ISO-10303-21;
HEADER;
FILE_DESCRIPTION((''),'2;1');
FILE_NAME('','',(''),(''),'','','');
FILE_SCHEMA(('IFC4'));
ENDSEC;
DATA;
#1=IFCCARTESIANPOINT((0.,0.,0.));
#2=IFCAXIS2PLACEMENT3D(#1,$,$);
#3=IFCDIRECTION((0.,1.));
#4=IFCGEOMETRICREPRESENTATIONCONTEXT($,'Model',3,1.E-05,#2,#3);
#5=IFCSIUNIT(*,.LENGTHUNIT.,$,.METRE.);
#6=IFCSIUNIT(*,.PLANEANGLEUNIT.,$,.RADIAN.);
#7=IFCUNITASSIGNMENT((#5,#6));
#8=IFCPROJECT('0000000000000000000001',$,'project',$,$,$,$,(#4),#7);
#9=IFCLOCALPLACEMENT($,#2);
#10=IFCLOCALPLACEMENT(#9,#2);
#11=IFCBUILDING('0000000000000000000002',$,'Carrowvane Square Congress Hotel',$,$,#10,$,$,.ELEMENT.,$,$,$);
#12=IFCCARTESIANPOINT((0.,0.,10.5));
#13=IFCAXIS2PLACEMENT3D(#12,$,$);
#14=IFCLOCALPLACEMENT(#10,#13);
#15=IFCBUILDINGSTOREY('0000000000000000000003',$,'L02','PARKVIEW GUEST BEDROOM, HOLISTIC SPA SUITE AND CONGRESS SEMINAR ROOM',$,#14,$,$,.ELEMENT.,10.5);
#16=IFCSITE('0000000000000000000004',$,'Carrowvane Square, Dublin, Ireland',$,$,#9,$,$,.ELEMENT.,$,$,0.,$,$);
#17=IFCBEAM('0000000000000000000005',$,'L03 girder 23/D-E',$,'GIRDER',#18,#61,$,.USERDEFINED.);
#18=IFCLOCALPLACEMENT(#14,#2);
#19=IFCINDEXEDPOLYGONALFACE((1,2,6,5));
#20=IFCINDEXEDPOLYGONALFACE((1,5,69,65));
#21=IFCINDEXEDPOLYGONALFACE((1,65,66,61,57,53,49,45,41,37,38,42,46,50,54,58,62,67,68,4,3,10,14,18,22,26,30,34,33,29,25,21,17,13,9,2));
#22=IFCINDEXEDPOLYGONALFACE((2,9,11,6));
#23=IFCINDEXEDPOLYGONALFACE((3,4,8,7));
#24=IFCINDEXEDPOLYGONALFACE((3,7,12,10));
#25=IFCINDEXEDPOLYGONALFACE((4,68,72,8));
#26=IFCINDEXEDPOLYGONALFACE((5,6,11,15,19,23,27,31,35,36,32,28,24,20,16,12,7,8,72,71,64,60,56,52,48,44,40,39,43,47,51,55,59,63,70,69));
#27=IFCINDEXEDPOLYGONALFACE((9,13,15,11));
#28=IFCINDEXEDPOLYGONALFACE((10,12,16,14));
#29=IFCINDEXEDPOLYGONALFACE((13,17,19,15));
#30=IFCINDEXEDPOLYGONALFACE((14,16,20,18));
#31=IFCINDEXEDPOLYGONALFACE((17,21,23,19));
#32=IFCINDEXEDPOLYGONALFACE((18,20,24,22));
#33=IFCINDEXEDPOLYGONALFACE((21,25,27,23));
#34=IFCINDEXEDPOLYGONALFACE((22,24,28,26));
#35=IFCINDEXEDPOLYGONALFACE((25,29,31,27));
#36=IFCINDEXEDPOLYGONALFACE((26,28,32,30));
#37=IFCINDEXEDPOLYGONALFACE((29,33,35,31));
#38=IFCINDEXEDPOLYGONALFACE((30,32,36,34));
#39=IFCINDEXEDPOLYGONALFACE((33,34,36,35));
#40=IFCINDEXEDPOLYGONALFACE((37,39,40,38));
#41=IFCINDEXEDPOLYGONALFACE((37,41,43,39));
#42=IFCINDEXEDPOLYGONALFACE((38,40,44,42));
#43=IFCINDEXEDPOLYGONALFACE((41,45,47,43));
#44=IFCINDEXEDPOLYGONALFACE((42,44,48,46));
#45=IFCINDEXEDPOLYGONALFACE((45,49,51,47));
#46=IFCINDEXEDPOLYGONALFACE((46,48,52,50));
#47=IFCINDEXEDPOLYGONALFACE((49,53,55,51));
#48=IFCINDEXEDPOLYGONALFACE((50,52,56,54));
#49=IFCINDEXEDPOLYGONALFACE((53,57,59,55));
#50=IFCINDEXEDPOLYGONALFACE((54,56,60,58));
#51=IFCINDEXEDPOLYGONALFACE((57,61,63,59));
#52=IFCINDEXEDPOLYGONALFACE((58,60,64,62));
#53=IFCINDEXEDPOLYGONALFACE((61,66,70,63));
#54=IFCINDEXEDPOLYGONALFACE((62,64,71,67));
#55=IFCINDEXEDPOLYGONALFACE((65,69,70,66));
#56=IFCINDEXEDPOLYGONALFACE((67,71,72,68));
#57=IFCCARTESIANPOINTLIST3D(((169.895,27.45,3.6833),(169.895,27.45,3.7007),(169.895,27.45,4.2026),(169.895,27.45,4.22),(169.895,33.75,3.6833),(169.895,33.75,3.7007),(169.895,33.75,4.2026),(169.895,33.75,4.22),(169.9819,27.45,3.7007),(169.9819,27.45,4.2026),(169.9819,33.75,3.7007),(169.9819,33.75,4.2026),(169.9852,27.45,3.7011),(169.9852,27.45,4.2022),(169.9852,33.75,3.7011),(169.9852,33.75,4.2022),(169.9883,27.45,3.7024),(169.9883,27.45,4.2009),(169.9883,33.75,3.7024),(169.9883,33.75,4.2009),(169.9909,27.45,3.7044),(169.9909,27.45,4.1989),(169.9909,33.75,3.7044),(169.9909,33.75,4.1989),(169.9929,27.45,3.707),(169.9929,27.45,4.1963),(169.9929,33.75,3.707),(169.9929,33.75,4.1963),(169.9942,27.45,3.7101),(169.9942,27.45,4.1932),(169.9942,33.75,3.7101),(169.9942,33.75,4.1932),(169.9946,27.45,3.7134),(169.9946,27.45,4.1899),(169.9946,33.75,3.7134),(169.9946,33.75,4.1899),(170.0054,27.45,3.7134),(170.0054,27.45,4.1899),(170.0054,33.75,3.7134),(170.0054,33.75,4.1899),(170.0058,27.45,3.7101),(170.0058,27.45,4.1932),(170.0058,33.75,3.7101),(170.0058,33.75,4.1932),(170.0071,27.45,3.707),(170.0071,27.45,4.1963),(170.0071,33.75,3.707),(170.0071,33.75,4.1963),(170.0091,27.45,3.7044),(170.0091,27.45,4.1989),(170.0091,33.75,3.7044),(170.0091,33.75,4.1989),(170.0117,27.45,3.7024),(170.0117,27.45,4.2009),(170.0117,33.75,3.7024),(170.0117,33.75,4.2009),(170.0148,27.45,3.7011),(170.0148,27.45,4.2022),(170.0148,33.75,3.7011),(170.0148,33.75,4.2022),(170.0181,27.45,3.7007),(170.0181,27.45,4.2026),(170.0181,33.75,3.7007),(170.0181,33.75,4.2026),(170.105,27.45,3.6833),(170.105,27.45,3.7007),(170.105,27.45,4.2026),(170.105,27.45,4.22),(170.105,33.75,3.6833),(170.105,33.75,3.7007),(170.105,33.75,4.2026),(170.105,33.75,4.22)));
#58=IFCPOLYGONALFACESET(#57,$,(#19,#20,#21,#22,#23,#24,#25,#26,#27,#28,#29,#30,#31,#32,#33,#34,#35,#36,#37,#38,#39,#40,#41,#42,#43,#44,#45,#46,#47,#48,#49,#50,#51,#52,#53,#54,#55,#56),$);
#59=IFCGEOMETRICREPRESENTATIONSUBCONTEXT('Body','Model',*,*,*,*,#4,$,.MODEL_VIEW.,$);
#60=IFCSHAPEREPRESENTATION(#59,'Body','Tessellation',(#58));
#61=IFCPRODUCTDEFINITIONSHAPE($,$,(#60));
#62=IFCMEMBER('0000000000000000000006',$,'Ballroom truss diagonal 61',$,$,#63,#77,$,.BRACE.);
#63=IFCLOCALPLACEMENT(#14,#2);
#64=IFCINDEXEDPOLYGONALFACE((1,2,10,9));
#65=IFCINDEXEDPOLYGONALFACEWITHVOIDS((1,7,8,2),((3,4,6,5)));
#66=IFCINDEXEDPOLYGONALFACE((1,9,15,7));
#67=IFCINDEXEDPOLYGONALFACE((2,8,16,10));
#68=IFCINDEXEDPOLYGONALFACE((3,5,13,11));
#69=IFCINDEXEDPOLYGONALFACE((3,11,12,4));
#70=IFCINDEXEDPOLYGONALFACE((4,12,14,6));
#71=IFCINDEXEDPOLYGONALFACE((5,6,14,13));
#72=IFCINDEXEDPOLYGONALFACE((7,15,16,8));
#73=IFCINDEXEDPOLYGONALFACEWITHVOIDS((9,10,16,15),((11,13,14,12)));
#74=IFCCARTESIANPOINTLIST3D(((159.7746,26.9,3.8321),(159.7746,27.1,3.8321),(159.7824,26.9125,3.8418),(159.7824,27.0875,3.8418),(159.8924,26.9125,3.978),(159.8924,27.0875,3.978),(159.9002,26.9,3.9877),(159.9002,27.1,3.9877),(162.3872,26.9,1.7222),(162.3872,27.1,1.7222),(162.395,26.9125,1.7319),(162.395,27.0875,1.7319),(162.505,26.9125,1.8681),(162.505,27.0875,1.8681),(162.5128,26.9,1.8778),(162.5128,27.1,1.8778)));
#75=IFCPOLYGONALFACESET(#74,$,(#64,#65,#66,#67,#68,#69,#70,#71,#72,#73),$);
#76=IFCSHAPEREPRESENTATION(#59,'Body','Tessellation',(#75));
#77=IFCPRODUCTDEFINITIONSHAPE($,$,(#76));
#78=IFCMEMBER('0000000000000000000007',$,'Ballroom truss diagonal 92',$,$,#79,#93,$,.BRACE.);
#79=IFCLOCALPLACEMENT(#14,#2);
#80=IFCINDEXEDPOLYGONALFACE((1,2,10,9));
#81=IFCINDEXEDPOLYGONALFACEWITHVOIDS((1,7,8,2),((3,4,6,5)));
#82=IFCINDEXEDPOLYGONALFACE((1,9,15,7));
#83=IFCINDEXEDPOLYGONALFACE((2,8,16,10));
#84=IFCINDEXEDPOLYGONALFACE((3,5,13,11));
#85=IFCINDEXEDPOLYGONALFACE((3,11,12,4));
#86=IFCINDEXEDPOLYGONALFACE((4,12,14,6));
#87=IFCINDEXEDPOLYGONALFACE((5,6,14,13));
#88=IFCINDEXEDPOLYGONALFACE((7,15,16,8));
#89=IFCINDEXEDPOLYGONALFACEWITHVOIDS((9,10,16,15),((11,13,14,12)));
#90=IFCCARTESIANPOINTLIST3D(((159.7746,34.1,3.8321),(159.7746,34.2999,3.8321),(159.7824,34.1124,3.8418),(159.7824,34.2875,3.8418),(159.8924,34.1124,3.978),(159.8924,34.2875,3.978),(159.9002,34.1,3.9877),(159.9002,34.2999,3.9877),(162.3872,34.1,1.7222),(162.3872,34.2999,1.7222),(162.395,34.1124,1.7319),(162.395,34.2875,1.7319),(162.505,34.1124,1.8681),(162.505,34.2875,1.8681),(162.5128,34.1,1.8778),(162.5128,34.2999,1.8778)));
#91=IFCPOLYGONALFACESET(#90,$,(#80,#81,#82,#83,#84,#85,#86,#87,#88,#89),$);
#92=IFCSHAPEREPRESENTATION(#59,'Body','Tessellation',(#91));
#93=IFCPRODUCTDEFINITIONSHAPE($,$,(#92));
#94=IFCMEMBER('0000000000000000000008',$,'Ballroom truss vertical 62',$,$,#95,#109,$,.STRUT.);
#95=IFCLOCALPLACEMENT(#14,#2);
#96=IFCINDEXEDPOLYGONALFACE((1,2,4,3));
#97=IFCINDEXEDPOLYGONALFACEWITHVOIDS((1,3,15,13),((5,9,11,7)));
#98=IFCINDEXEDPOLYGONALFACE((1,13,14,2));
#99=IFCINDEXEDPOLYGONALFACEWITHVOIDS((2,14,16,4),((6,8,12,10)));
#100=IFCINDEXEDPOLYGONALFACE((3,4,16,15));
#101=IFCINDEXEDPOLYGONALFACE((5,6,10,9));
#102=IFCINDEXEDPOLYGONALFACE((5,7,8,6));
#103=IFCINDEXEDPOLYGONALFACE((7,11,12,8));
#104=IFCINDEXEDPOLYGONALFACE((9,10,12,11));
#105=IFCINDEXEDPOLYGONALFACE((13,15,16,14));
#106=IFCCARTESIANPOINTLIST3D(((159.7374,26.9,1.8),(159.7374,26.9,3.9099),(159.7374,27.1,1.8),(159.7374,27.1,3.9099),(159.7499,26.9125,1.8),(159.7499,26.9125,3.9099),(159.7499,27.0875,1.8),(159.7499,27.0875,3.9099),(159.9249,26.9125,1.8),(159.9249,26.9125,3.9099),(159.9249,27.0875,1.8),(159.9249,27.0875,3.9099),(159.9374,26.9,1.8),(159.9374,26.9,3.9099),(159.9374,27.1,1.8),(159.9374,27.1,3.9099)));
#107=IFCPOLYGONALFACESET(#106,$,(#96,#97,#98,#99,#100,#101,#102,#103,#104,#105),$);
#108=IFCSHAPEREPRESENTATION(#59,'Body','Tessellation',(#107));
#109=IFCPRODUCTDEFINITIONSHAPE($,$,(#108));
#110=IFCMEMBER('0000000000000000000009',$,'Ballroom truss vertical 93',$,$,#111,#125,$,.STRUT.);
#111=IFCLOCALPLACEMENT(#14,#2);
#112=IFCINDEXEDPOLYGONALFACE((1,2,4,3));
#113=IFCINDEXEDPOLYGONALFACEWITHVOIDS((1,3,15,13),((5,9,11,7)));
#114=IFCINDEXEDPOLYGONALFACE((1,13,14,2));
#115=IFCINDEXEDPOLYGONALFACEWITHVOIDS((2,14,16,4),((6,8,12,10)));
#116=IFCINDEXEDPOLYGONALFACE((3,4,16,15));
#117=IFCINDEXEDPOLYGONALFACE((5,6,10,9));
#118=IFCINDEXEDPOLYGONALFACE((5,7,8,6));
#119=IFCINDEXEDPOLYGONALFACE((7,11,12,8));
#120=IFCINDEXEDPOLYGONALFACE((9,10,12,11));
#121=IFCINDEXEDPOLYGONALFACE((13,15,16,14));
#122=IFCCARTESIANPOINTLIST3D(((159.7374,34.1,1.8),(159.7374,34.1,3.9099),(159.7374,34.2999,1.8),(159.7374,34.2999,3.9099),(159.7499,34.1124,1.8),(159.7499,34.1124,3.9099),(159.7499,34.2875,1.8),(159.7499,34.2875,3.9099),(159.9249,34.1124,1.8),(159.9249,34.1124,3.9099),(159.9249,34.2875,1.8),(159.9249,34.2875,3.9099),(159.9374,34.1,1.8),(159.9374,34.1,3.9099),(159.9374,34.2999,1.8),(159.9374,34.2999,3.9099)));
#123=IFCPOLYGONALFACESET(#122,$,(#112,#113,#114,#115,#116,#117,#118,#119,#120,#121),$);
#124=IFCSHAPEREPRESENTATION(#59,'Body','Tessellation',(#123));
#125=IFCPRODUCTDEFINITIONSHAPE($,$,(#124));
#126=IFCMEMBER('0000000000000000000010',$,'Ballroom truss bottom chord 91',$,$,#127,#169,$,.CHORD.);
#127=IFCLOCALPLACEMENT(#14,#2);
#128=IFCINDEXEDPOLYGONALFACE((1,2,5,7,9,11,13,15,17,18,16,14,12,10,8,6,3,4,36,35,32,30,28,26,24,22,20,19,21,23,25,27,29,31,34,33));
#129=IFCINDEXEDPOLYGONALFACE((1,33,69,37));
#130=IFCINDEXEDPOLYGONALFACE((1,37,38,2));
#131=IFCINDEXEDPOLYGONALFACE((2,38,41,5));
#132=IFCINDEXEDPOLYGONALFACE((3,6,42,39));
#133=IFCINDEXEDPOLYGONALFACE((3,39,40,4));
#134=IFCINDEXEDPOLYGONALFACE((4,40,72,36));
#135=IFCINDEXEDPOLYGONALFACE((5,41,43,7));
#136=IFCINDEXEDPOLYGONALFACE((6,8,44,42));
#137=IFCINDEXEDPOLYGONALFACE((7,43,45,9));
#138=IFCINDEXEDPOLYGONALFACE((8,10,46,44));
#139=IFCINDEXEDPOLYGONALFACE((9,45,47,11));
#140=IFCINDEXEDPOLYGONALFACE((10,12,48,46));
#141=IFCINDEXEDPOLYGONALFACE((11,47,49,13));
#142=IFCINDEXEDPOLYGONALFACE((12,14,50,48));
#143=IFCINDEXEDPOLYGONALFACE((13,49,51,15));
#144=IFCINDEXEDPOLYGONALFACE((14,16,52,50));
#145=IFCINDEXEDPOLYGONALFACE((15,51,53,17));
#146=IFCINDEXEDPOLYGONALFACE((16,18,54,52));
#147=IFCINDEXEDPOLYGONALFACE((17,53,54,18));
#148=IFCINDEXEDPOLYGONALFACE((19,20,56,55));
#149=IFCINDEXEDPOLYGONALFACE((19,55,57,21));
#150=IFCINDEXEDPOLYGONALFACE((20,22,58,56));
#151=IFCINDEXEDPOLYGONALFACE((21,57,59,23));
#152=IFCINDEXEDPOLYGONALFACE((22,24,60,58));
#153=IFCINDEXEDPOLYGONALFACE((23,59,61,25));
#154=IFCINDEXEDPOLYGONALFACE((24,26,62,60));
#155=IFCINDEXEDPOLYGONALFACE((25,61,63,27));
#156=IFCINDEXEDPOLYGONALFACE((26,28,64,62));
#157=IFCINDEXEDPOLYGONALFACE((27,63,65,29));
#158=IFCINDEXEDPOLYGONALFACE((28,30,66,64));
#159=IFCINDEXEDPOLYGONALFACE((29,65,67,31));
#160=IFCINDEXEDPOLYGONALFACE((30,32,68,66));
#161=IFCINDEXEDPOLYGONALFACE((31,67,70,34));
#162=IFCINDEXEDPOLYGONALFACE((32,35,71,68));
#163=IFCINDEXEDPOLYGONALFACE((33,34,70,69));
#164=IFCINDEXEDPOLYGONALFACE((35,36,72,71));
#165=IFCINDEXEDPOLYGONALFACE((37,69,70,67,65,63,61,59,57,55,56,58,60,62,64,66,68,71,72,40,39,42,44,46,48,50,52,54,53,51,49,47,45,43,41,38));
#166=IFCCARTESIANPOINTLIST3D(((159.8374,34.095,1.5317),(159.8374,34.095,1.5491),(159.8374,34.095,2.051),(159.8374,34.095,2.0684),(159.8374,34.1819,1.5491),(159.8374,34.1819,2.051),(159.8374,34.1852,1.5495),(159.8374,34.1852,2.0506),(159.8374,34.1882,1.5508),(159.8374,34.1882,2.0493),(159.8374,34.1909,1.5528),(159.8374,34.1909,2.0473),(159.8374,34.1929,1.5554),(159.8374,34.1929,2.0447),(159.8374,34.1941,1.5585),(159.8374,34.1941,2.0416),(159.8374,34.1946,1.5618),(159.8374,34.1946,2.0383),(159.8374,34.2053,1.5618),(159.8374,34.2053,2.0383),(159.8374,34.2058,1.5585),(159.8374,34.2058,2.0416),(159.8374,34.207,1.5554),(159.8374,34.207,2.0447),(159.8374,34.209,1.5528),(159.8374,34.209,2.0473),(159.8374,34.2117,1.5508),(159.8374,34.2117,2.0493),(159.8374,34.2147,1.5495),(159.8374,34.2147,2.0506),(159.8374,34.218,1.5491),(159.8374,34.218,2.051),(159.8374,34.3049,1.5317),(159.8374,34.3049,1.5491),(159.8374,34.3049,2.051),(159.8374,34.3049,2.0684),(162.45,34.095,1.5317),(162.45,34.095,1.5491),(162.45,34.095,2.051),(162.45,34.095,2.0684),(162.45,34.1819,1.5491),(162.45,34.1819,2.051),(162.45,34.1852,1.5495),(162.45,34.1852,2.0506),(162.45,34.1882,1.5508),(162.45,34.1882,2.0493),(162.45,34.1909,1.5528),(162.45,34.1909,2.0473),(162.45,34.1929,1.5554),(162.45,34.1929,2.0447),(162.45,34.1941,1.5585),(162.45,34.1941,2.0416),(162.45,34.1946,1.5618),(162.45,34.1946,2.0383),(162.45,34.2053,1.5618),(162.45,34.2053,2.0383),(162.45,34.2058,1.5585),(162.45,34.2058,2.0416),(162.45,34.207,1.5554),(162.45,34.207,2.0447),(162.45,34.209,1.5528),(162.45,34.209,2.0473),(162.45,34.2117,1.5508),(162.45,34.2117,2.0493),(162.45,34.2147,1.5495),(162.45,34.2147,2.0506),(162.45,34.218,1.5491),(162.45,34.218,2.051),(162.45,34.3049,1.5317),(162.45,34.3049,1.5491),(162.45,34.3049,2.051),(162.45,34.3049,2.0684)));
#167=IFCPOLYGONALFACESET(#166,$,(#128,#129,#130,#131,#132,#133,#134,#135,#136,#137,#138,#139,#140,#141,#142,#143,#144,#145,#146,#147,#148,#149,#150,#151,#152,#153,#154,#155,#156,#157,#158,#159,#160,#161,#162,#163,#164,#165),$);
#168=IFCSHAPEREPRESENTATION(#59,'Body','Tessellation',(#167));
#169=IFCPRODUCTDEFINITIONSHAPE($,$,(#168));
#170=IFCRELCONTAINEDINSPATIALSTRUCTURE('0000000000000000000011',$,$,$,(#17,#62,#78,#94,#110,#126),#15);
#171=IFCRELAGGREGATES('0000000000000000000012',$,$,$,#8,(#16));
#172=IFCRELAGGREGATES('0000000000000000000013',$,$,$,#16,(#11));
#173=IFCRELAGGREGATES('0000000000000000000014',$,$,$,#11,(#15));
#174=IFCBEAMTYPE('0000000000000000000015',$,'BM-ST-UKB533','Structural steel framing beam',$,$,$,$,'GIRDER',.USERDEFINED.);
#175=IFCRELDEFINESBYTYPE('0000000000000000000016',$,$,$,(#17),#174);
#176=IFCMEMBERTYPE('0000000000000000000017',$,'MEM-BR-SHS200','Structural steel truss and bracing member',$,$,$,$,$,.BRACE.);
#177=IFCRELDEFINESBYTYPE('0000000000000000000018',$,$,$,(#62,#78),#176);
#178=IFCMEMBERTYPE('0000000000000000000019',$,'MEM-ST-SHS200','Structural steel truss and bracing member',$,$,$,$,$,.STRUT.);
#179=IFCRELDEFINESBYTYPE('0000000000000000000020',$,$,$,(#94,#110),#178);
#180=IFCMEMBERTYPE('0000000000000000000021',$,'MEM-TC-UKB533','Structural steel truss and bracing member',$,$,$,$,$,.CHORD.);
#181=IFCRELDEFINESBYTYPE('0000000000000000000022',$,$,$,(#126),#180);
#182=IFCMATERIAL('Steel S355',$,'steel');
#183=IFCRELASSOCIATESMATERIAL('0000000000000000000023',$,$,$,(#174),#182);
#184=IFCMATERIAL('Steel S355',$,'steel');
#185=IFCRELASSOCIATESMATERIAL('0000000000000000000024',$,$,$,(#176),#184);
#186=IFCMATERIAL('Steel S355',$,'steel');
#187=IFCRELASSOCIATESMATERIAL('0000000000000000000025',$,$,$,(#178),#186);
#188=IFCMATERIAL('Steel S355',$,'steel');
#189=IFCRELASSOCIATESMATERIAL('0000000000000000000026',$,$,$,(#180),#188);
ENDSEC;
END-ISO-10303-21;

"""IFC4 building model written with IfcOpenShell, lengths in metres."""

from ifc_helpers import new_model, si_unit, direction, frame, origin, origin_2d, place, context, subcontext, project, spatial, hollow_rectangle, i_section, extrude, material, material_profile, profile_set, type_object, element, save


model = new_model("IFC4")

# Units and contexts
model_context = context("Model", 3, precision=1e-05, world=origin(), true_north=direction((0.0, 1.0)))
body_context = subcontext(model_context, "Body", "Model", "MODEL_VIEW")
ifc_project = project(units=[si_unit("LENGTHUNIT", "METRE"), si_unit("PLANEANGLEUNIT", "RADIAN")], contexts=[model_context])

# Site, building, storey
site_placement = place(None, origin())
site = spatial("IfcSite", under=ifc_project, at=site_placement, Name="Carrowvane Square, Dublin, Ireland", CompositionType="ELEMENT", RefElevation=0.0)
building_placement = place(site_placement, origin())
building = spatial("IfcBuilding", under=site, at=building_placement, Name="Carrowvane Square Congress Hotel", CompositionType="ELEMENT")
storey_placement = place(building_placement, frame((0.0, 0.0, 10.5)))
storey = spatial("IfcBuildingStorey", under=building, at=storey_placement, Name="L02", Description="PARKVIEW GUEST BEDROOM, HOLISTIC SPA SUITE AND CONGRESS SEMINAR ROOM", CompositionType="ELEMENT", Elevation=10.5)

# Beam
ifc_material_1 = material(Name="Steel S355", Category="steel")
ifc_material_profile_1 = material_profile(ifc_material_1, i_section(OverallWidth=0.21, OverallDepth=0.5366, WebThickness=0.0107, FlangeThickness=0.0173, FilletRadius=0.0127, at=origin_2d()), Name="UKB 533x210x101")
ifc_profile_set_1 = profile_set([ifc_material_profile_1], Name="Steel S355")
beam_type_1 = type_object("IfcBeamType", Name="BM-ST-UKB533", Description="Structural steel framing beam", ElementType="GIRDER", PredefinedType="USERDEFINED", material=ifc_profile_set_1)
for number, where, z_axis, x_axis, name in (
    (1, (170.0, 27.45, 3.9517), (0.0, 1.0, 0.0), (-1.0, 0.0, 0.0), "L03 girder 23/D-E"),
):
    element("IfcBeam", number, at=place(storey_placement, frame(where, z_axis=z_axis, x_axis=x_axis)), inside=storey, type_object=beam_type_1, Name=name, ObjectType="GIRDER", PredefinedType="USERDEFINED", context=body_context, shape_type="SweptSolid", body=[
        extrude(i_section(OverallWidth=0.21, OverallDepth=0.5366, WebThickness=0.0107, FlangeThickness=0.0173, FilletRadius=0.0127, at=origin_2d()), origin(), (0.0, 0.0, 1.0), 6.3),
    ])

# Members
ifc_material_2 = material(Name="Steel S355", Category="steel")
ifc_material_profile_2 = material_profile(ifc_material_2, hollow_rectangle(XDim=0.2, YDim=0.2, WallThickness=0.0125, at=origin_2d()), Name="SHS 200x200x12.5")
ifc_profile_set_2 = profile_set([ifc_material_profile_2], Name="Steel S355")
member_type_1 = type_object("IfcMemberType", Name="MEM-BR-SHS200", Description="Structural steel truss and bracing member", PredefinedType="BRACE", material=ifc_profile_set_2)
for number, where, z_axis, x_axis, name in (
    (2, (159.8374, 27.0, 3.9099), (0.777981, 0.0, -0.628288), (0.0, 1.0, 0.0), "Ballroom truss diagonal 61"),
    (3, (159.8374, 34.2, 3.9099), (0.777981, 0.0, -0.628288), (0.0, 1.0, 0.0), "Ballroom truss diagonal 92"),
):
    element("IfcMember", number, at=place(storey_placement, frame(where, z_axis=z_axis, x_axis=x_axis)), inside=storey, type_object=member_type_1, Name=name, PredefinedType="BRACE", context=body_context, shape_type="SweptSolid", body=[
        extrude(hollow_rectangle(XDim=0.2, YDim=0.2, WallThickness=0.0125, at=origin_2d()), origin(), (0.0, 0.0, 1.0), 3.3582),
    ])
ifc_material_3 = material(Name="Steel S355", Category="steel")
ifc_material_profile_3 = material_profile(ifc_material_3, hollow_rectangle(XDim=0.2, YDim=0.2, WallThickness=0.0125, at=origin_2d()), Name="SHS 200x200x12.5")
ifc_profile_set_3 = profile_set([ifc_material_profile_3], Name="Steel S355")
member_type_2 = type_object("IfcMemberType", Name="MEM-ST-SHS200", Description="Structural steel truss and bracing member", PredefinedType="STRUT", material=ifc_profile_set_3)
for number, where, z_axis, x_axis, name in (
    (4, (159.8374, 27.0, 1.8), (0.0, 0.0, 1.0), (1.0, 0.0, 0.0), "Ballroom truss vertical 62"),
    (5, (159.8374, 34.2, 1.8), (0.0, 0.0, 1.0), (1.0, 0.0, 0.0), "Ballroom truss vertical 93"),
):
    element("IfcMember", number, at=place(storey_placement, frame(where, z_axis=z_axis, x_axis=x_axis)), inside=storey, type_object=member_type_2, Name=name, PredefinedType="STRUT", context=body_context, shape_type="SweptSolid", body=[
        extrude(hollow_rectangle(XDim=0.2, YDim=0.2, WallThickness=0.0125, at=origin_2d()), origin(), (0.0, 0.0, 1.0), 2.1099),
    ])
ifc_material_4 = material(Name="Steel S355", Category="steel")
ifc_material_profile_4 = material_profile(ifc_material_4, i_section(OverallWidth=0.21, OverallDepth=0.5366, WebThickness=0.0107, FlangeThickness=0.0173, FilletRadius=0.0127, at=origin_2d()), Name="UKB 533x210x101")
ifc_profile_set_4 = profile_set([ifc_material_profile_4], Name="Steel S355")
member_type_3 = type_object("IfcMemberType", Name="MEM-TC-UKB533", Description="Structural steel truss and bracing member", PredefinedType="CHORD", material=ifc_profile_set_4)
member_1_placement = place(storey_placement, frame((159.8374, 34.2, 1.8), z_axis=(1.0, 0.0, 0.0), x_axis=(0.0, 1.0, 0.0)))
element("IfcMember", 6, at=member_1_placement, inside=storey, type_object=member_type_3, Name="Ballroom truss bottom chord 91", PredefinedType="CHORD", context=body_context, shape_type="SweptSolid", body=[
    extrude(i_section(OverallWidth=0.21, OverallDepth=0.5366, WebThickness=0.0107, FlangeThickness=0.0173, FilletRadius=0.0127, at=origin_2d()), origin(), (0.0, 0.0, 1.0), 2.6125),
])

save(model, "model.ifc")
